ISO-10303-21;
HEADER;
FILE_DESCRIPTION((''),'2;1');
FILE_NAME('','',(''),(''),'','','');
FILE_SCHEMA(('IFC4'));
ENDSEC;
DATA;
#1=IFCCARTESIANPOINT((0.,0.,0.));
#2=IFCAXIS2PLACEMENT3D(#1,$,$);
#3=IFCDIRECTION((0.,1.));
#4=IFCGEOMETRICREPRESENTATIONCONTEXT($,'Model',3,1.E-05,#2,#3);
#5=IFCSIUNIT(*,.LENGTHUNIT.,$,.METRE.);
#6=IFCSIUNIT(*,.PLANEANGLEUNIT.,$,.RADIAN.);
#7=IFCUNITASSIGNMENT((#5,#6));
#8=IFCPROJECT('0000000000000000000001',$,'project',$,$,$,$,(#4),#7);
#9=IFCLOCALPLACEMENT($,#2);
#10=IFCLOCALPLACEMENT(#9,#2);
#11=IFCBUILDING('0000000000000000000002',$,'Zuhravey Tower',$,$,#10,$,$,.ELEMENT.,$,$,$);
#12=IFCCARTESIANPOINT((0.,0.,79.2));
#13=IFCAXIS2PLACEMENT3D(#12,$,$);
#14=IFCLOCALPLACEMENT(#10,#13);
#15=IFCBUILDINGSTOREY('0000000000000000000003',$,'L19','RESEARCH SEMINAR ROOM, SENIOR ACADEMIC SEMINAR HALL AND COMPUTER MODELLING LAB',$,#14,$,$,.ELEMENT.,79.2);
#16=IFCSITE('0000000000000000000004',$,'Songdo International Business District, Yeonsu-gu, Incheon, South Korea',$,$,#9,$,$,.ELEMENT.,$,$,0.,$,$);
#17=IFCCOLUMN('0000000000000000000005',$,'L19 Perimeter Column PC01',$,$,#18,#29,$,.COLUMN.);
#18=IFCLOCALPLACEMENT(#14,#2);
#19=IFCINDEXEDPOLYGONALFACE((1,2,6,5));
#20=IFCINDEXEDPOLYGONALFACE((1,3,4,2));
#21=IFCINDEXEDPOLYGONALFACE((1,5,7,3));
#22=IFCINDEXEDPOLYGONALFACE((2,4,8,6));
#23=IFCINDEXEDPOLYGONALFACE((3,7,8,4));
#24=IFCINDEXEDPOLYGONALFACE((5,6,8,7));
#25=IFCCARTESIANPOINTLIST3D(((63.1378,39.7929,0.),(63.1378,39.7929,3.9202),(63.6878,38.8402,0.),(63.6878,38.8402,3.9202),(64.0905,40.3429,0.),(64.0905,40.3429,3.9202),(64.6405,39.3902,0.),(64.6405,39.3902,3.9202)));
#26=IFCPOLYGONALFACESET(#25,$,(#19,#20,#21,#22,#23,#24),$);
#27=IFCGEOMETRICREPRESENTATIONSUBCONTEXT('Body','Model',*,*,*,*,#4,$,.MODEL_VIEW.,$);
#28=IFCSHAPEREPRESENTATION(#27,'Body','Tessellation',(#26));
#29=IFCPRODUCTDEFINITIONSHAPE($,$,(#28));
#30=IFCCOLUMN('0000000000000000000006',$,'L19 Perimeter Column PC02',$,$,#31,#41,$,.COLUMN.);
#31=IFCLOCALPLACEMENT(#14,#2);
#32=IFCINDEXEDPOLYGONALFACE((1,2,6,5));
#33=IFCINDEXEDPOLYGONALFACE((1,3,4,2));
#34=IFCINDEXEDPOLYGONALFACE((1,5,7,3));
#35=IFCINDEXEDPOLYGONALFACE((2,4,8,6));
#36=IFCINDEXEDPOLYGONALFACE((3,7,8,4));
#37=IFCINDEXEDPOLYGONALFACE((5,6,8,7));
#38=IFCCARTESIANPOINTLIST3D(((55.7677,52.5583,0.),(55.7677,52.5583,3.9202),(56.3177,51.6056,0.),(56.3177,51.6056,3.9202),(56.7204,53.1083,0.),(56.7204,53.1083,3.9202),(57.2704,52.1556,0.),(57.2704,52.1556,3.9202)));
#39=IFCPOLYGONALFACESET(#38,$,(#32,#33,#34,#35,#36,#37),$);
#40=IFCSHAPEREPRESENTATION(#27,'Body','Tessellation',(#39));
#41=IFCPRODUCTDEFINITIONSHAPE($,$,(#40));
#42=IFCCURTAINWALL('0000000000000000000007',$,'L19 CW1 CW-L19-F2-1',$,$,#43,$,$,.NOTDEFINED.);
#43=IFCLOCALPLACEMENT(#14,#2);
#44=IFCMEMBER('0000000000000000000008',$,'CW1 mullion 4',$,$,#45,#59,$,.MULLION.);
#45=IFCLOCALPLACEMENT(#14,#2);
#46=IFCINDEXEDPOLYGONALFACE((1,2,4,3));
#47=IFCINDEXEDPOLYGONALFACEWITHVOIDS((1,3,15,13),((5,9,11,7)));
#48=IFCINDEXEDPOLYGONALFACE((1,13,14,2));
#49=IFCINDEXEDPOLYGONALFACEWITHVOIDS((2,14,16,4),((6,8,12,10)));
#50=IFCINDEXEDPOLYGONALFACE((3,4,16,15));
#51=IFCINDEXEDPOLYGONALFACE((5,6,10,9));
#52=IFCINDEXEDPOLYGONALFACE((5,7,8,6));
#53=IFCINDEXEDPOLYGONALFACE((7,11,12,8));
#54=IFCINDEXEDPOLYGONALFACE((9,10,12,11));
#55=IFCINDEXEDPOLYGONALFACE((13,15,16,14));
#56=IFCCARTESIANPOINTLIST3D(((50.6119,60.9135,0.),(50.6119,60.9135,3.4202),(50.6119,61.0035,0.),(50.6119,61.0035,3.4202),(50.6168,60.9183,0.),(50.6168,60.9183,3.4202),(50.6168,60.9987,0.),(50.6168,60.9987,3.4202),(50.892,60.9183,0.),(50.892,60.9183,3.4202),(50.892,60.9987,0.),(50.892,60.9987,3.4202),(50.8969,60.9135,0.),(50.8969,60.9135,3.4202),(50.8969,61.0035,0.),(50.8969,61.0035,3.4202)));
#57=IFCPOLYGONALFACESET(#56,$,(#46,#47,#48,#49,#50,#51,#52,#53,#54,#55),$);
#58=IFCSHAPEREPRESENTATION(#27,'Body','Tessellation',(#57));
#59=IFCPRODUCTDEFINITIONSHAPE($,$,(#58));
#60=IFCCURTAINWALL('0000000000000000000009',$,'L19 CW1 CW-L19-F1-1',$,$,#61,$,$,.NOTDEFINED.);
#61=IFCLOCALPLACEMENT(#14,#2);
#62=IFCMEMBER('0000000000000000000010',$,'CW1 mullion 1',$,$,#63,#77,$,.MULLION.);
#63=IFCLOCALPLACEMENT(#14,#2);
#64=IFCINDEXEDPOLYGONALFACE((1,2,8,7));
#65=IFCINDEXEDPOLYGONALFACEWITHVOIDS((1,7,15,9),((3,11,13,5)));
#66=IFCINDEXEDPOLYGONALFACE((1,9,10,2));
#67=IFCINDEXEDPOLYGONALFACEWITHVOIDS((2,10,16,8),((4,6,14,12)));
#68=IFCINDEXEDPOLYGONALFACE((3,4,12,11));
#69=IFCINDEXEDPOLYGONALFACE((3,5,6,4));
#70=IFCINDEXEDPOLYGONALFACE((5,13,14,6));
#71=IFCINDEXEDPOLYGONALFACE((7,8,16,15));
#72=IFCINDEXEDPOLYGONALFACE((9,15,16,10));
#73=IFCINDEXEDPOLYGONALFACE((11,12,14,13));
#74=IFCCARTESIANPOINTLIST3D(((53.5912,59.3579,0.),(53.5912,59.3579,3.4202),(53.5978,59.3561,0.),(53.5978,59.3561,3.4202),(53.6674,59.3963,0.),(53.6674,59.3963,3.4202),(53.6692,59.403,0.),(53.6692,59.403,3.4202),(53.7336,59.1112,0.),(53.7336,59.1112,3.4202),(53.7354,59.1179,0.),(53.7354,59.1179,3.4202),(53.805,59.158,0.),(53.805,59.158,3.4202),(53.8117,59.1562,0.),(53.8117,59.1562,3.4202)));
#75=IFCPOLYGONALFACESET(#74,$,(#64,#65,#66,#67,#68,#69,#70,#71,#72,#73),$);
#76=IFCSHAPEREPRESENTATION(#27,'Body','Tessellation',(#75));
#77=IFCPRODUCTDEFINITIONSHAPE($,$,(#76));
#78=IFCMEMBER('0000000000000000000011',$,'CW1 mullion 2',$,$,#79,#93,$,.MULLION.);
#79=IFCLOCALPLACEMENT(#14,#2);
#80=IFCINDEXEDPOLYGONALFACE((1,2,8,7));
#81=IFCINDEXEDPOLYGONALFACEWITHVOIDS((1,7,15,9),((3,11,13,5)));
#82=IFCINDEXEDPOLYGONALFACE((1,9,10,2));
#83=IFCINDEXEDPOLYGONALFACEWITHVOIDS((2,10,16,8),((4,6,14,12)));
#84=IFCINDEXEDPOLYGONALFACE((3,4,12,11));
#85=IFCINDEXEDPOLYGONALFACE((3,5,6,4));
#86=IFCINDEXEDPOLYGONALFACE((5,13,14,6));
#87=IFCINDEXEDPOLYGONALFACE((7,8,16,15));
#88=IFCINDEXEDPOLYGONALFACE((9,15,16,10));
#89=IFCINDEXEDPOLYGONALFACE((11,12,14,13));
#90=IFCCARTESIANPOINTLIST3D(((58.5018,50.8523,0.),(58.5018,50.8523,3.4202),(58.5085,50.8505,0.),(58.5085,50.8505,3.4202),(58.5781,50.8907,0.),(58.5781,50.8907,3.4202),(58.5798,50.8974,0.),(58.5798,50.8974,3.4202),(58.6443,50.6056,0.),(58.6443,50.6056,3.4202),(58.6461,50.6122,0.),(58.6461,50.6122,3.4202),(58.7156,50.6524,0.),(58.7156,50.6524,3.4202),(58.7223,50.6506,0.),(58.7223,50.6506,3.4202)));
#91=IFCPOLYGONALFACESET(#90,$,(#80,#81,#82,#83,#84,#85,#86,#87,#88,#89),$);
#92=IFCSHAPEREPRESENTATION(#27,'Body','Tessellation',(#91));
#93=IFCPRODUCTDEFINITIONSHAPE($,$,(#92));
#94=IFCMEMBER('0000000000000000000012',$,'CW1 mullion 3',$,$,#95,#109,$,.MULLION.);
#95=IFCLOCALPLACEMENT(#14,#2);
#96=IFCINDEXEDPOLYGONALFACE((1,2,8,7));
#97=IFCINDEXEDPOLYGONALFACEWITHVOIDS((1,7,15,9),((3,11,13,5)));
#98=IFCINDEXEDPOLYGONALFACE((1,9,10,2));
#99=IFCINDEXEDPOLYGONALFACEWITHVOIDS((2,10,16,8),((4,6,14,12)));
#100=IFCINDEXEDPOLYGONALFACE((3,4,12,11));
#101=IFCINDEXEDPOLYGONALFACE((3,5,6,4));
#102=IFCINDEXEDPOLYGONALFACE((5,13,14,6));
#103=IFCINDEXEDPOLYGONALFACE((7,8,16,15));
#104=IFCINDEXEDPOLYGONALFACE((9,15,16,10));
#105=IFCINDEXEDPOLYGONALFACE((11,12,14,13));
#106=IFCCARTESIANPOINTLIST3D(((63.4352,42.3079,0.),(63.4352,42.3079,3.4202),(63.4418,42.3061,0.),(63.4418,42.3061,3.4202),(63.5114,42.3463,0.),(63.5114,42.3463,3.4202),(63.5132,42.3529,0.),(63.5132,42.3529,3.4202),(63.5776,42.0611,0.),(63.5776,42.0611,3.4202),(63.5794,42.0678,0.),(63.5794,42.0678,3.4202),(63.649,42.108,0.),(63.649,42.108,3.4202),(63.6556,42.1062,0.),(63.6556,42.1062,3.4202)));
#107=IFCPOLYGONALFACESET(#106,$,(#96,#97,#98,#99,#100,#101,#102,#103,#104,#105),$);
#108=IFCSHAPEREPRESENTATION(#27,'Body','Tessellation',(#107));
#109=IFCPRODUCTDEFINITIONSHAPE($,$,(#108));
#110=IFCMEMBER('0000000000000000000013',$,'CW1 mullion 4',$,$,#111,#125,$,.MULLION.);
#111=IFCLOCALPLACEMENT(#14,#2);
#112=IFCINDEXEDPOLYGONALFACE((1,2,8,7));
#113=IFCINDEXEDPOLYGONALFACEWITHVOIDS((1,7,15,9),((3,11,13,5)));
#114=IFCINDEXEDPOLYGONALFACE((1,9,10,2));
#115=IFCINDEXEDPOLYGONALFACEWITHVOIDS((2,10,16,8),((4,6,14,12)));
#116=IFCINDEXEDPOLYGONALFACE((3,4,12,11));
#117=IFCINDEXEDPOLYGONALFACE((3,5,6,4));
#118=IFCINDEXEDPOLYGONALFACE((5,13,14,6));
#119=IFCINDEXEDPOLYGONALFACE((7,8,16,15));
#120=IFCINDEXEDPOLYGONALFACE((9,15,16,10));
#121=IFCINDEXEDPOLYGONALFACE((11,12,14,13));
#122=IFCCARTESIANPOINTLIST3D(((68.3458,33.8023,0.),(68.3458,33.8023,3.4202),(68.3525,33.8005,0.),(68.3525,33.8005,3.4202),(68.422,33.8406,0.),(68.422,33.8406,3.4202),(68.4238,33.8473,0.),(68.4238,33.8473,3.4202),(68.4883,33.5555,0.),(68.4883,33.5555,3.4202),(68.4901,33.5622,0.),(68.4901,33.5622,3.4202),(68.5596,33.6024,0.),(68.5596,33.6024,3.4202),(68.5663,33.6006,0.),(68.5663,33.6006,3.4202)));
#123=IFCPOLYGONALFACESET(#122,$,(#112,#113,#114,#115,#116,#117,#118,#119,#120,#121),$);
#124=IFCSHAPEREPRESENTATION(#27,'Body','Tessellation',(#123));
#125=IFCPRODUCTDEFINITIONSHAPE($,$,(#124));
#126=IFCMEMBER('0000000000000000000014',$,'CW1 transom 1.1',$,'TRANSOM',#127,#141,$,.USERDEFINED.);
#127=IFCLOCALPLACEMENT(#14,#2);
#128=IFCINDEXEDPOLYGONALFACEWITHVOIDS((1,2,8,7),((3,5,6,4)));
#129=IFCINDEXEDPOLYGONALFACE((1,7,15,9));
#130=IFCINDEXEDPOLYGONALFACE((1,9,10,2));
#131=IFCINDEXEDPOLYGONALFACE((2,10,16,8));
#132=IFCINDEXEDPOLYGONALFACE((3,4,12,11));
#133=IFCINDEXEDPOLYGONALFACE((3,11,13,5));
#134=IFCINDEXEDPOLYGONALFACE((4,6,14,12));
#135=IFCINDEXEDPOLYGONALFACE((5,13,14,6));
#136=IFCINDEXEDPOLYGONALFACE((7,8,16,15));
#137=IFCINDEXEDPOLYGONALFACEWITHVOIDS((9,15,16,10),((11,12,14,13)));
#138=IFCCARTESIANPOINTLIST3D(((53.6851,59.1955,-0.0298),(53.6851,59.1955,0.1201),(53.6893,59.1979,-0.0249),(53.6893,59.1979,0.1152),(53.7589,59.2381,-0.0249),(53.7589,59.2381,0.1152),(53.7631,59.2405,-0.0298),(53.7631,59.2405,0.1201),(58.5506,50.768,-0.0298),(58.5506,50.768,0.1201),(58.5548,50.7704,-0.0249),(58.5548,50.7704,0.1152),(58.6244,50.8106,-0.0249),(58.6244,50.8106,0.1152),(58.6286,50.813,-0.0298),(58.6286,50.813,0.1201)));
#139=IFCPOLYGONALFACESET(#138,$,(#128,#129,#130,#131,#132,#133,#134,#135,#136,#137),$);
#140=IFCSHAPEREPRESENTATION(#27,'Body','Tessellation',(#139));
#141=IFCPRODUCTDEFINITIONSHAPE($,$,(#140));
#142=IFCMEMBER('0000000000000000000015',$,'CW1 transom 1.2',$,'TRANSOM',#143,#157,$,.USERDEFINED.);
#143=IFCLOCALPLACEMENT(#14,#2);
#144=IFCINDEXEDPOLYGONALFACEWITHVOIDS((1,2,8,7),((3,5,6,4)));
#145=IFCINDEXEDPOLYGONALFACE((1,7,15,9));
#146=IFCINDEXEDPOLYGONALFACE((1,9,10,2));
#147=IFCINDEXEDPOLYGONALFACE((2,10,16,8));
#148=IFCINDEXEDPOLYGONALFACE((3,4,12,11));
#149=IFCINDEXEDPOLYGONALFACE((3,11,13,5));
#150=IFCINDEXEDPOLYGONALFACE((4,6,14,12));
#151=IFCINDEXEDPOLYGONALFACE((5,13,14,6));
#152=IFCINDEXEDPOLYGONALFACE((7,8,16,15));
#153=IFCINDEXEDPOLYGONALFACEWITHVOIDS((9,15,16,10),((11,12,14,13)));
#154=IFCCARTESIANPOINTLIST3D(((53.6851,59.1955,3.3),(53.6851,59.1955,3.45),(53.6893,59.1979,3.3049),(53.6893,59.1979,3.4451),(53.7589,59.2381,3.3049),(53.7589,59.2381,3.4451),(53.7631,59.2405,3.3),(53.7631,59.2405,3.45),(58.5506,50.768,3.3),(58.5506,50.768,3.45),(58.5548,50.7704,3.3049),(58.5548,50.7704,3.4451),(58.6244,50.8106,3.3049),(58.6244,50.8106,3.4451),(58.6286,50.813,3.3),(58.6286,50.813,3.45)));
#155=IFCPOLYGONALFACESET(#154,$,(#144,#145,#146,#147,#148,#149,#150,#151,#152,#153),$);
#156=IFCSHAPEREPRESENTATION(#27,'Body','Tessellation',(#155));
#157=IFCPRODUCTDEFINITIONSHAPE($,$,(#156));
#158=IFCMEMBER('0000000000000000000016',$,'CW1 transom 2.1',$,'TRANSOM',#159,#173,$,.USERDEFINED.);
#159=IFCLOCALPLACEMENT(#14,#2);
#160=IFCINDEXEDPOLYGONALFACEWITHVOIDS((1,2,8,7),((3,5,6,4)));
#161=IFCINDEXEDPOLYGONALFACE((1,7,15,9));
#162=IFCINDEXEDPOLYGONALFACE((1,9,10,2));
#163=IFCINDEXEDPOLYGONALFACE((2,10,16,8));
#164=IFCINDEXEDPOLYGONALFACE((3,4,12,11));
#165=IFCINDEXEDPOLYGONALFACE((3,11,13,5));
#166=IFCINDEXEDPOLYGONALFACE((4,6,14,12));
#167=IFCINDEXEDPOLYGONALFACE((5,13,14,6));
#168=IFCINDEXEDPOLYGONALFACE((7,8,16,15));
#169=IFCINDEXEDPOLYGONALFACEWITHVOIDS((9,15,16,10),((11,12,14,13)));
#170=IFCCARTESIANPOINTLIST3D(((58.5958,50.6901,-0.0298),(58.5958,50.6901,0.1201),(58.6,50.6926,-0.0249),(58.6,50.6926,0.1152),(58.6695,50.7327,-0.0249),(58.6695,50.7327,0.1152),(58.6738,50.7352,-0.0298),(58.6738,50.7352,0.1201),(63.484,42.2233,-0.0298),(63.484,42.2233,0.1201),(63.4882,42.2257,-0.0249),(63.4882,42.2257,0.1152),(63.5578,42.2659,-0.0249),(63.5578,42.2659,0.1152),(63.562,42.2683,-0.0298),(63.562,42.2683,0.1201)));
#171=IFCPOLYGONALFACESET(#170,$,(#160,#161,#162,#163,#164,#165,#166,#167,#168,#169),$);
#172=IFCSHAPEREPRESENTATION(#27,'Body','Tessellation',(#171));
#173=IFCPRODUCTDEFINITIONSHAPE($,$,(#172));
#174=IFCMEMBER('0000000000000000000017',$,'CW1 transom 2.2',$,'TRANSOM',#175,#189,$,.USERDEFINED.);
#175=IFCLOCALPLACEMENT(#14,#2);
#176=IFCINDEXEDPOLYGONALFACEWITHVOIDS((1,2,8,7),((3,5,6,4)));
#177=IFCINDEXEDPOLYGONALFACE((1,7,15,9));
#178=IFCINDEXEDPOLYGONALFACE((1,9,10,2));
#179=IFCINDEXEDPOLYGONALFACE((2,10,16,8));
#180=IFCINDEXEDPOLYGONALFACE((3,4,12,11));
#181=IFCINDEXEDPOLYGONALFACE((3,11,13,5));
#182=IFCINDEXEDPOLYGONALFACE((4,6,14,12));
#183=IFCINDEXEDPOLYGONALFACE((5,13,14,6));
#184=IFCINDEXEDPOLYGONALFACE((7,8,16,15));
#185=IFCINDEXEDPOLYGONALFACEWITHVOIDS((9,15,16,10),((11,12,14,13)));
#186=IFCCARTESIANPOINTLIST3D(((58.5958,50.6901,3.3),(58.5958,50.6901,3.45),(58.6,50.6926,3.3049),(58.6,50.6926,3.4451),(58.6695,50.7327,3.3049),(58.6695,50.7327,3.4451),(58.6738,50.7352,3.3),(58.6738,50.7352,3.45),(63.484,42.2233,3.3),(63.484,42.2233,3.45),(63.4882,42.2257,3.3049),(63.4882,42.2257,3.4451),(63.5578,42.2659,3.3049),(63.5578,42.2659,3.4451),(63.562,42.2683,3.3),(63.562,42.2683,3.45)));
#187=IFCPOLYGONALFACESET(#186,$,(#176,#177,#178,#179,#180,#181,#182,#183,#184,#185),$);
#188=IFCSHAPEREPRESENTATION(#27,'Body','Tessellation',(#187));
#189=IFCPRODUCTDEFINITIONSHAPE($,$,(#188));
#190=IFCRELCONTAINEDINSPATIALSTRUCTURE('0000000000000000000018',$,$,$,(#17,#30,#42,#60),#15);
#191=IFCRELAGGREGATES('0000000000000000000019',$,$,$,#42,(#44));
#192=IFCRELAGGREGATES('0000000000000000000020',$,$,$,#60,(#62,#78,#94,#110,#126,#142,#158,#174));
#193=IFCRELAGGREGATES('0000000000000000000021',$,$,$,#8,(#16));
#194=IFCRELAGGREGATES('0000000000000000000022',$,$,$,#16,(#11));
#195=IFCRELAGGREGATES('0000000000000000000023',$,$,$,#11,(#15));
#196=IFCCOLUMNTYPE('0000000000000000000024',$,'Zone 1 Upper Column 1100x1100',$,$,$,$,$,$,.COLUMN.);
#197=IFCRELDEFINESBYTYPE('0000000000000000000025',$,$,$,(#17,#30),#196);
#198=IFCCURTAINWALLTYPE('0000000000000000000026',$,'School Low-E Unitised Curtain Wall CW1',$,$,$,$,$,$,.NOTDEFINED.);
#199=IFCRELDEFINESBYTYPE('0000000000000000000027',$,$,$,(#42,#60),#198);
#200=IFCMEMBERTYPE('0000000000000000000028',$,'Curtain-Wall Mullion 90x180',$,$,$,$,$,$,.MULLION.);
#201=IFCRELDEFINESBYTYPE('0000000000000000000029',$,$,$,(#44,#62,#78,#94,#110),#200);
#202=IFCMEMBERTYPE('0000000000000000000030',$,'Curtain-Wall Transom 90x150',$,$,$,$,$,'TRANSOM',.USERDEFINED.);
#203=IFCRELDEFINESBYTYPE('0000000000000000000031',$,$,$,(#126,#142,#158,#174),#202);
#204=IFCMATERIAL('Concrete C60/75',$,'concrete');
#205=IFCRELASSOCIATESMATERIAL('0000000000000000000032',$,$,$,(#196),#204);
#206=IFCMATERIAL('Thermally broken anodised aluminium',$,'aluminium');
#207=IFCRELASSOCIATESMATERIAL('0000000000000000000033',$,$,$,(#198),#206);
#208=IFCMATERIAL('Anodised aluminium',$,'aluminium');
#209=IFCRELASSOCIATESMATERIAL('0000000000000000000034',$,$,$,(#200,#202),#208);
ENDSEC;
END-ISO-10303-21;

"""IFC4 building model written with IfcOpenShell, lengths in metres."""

from ifc_helpers import new_model, si_unit, direction, frame, origin, origin_2d, place, context, subcontext, project, spatial, rectangle, hollow_rectangle, extrude, material, material_profile, profile_set, type_object, element, aggregate, save


model = new_model("IFC4")

# Units and contexts
model_context = context("Model", 3, precision=1e-05, world=origin(), true_north=direction((0.0, 1.0)))
body_context = subcontext(model_context, "Body", "Model", "MODEL_VIEW")
ifc_project = project(units=[si_unit("LENGTHUNIT", "METRE"), si_unit("PLANEANGLEUNIT", "RADIAN")], contexts=[model_context])

# Site, building, storey
site_placement = place(None, origin())
site = spatial("IfcSite", under=ifc_project, at=site_placement, Name="Songdo International Business District, Yeonsu-gu, Incheon, South Korea", CompositionType="ELEMENT", RefElevation=0.0)
building_placement = place(site_placement, origin())
building = spatial("IfcBuilding", under=site, at=building_placement, Name="Zuhravey Tower", CompositionType="ELEMENT")
storey_placement = place(building_placement, frame((0.0, 0.0, 79.2)))
storey = spatial("IfcBuildingStorey", under=building, at=storey_placement, Name="L19", Description="RESEARCH SEMINAR ROOM, SENIOR ACADEMIC SEMINAR HALL AND COMPUTER MODELLING LAB", CompositionType="ELEMENT", Elevation=79.2)

# Columns
ifc_material_1 = material(Name="Concrete C60/75", Category="concrete")
ifc_material_profile_1 = material_profile(ifc_material_1, rectangle(XDim=1.1001, YDim=1.1001, at=origin_2d()), Name="RC-1100x1100")
ifc_profile_set_1 = profile_set([ifc_material_profile_1], Name="Concrete C60/75")
column_type = type_object("IfcColumnType", Name="Zone 1 Upper Column 1100x1100", PredefinedType="COLUMN", material=ifc_profile_set_1)
for number, where, z_axis, x_axis, name in (
    (1, (63.8892, 39.5916, 0.0), (0.0, 0.0, 1.0), (-0.5, 0.866025, 0.0), "L19 Perimeter Column PC01"),
    (2, (56.519, 52.3569, 0.0), (0.0, 0.0, 1.0), (-0.5, 0.866025, 0.0), "L19 Perimeter Column PC02"),
):
    element("IfcColumn", number, at=place(storey_placement, frame(where, z_axis=z_axis, x_axis=x_axis)), inside=storey, type_object=column_type, Name=name, PredefinedType="COLUMN", context=body_context, shape_type="SweptSolid", body=[
        extrude(rectangle(XDim=1.1001, YDim=1.1001, at=origin_2d()), origin(), (0.0, 0.0, 1.0), 3.9202),
    ])

# Curtain wall, member
ifc_material_2 = material(Name="Thermally broken anodised aluminium", Category="aluminium")
curtain_wall_type = type_object("IfcCurtainWallType", Name="School Low-E Unitised Curtain Wall CW1", PredefinedType="NOTDEFINED", material=ifc_material_2)
curtain_wall_1_placement = place(storey_placement, origin())
curtain_wall_1 = element("IfcCurtainWall", 3, at=curtain_wall_1_placement, inside=storey, type_object=curtain_wall_type, Name="L19 CW1 CW-L19-F2-1", PredefinedType="NOTDEFINED")
ifc_material_3 = material(Name="Anodised aluminium", Category="aluminium")
ifc_material_profile_2 = material_profile(ifc_material_3, hollow_rectangle(XDim=0.0901, YDim=0.2849, WallThickness=0.0049, at=origin_2d()), Name="ALU-RHS-90x285x5")
ifc_profile_set_2 = profile_set([ifc_material_profile_2], Name="Anodised aluminium")
member_type_1 = type_object("IfcMemberType", Name="Curtain-Wall Mullion 90x180", PredefinedType="MULLION", material=ifc_profile_set_2)
member_1_placement = place(storey_placement, frame((50.7544, 60.9585, 0.0), z_axis=(0.0, 0.0, 1.0), x_axis=(0.0, 1.0, 0.0)))
member_1 = element("IfcMember", 4, at=member_1_placement, type_object=member_type_1, Name="CW1 mullion 4", PredefinedType="MULLION", context=body_context, shape_type="SweptSolid", body=[
    extrude(hollow_rectangle(XDim=0.0901, YDim=0.2849, WallThickness=0.0049, at=origin_2d()), origin(), (0.0, 0.0, 1.0), 3.4202),
])
aggregate(curtain_wall_1, [member_1])

# Curtain wall, members
curtain_wall_2_placement = place(storey_placement, origin())
curtain_wall_2 = element("IfcCurtainWall", 5, at=curtain_wall_2_placement, inside=storey, type_object=curtain_wall_type, Name="L19 CW1 CW-L19-F1-1", PredefinedType="NOTDEFINED")
member_2_placement = place(storey_placement, frame((53.7014, 59.2571, 0.0), z_axis=(0.0, 0.0, 1.0), x_axis=(0.866026, 0.5, 0.0)))
member_2 = element("IfcMember", 6, at=member_2_placement, type_object=member_type_1, Name="CW1 mullion 1", PredefinedType="MULLION", context=body_context, shape_type="SweptSolid", body=[
    extrude(hollow_rectangle(XDim=0.0901, YDim=0.2849, WallThickness=0.0049, at=origin_2d()), origin(), (0.0, 0.0, 1.0), 3.4202),
])
member_3_placement = place(storey_placement, frame((58.6121, 50.7515, 0.0), z_axis=(0.0, 0.0, 1.0), x_axis=(0.866026, 0.5, 0.0)))
member_3 = element("IfcMember", 7, at=member_3_placement, type_object=member_type_1, Name="CW1 mullion 2", PredefinedType="MULLION", context=body_context, shape_type="SweptSolid", body=[
    extrude(hollow_rectangle(XDim=0.0901, YDim=0.2849, WallThickness=0.0049, at=origin_2d()), origin(), (0.0, 0.0, 1.0), 3.4202),
])
member_4_placement = place(storey_placement, frame((63.5454, 42.207, 0.0), z_axis=(0.0, 0.0, 1.0), x_axis=(0.866026, 0.5, 0.0)))
member_4 = element("IfcMember", 8, at=member_4_placement, type_object=member_type_1, Name="CW1 mullion 3", PredefinedType="MULLION", context=body_context, shape_type="SweptSolid", body=[
    extrude(hollow_rectangle(XDim=0.0901, YDim=0.2849, WallThickness=0.0049, at=origin_2d()), origin(), (0.0, 0.0, 1.0), 3.4202),
])
member_5_placement = place(storey_placement, frame((68.4561, 33.7014, 0.0), z_axis=(0.0, 0.0, 1.0), x_axis=(0.866026, 0.5, 0.0)))
member_5 = element("IfcMember", 9, at=member_5_placement, type_object=member_type_1, Name="CW1 mullion 4", PredefinedType="MULLION", context=body_context, shape_type="SweptSolid", body=[
    extrude(hollow_rectangle(XDim=0.0901, YDim=0.2849, WallThickness=0.0049, at=origin_2d()), origin(), (0.0, 0.0, 1.0), 3.4202),
])
ifc_material_profile_3 = material_profile(ifc_material_3, hollow_rectangle(XDim=0.0901, YDim=0.1499, WallThickness=0.0049, at=origin_2d()), Name="ALU-RHS-90x150x5")
ifc_profile_set_3 = profile_set([ifc_material_profile_3], Name="Anodised aluminium")
member_type_2 = type_object("IfcMemberType", Name="Curtain-Wall Transom 90x150", ElementType="TRANSOM", PredefinedType="USERDEFINED", material=ifc_profile_set_3)
member_6_placement = place(storey_placement, frame((53.7241, 59.218, 0.0452), z_axis=(0.49999, -0.866031, 0.0), x_axis=(0.866031, 0.49999, 0.0)))
member_6 = element("IfcMember", 10, at=member_6_placement, type_object=member_type_2, Name="CW1 transom 1.1", ObjectType="TRANSOM", PredefinedType="USERDEFINED", context=body_context, shape_type="SweptSolid", body=[
    extrude(hollow_rectangle(XDim=0.0901, YDim=0.1499, WallThickness=0.0049, at=origin_2d()), origin(), (0.0, 0.0, 1.0), 9.7312),
])
member_7_placement = place(storey_placement, frame((53.7241, 59.218, 3.375), z_axis=(0.49999, -0.866031, 0.0), x_axis=(0.866031, 0.49999, 0.0)))
member_7 = element("IfcMember", 11, at=member_7_placement, type_object=member_type_2, Name="CW1 transom 1.2", ObjectType="TRANSOM", PredefinedType="USERDEFINED", context=body_context, shape_type="SweptSolid", body=[
    extrude(hollow_rectangle(XDim=0.0901, YDim=0.1499, WallThickness=0.0049, at=origin_2d()), origin(), (0.0, 0.0, 1.0), 9.7312),
])
member_8_placement = place(storey_placement, frame((58.6348, 50.7126, 0.0452), z_axis=(0.49999, -0.866031, 0.0), x_axis=(0.866031, 0.49999, 0.0)))
member_8 = element("IfcMember", 12, at=member_8_placement, type_object=member_type_2, Name="CW1 transom 2.1", ObjectType="TRANSOM", PredefinedType="USERDEFINED", context=body_context, shape_type="SweptSolid", body=[
    extrude(hollow_rectangle(XDim=0.0901, YDim=0.1499, WallThickness=0.0049, at=origin_2d()), origin(), (0.0, 0.0, 1.0), 9.7766),
])
member_9_placement = place(storey_placement, frame((58.6348, 50.7126, 3.375), z_axis=(0.49999, -0.866031, 0.0), x_axis=(0.866031, 0.49999, 0.0)))
member_9 = element("IfcMember", 13, at=member_9_placement, type_object=member_type_2, Name="CW1 transom 2.2", ObjectType="TRANSOM", PredefinedType="USERDEFINED", context=body_context, shape_type="SweptSolid", body=[
    extrude(hollow_rectangle(XDim=0.0901, YDim=0.1499, WallThickness=0.0049, at=origin_2d()), origin(), (0.0, 0.0, 1.0), 9.7766),
])

aggregate(curtain_wall_2, [member_2, member_3, member_4, member_5, member_6, member_7, member_8, member_9])

save(model, "model.ifc")
